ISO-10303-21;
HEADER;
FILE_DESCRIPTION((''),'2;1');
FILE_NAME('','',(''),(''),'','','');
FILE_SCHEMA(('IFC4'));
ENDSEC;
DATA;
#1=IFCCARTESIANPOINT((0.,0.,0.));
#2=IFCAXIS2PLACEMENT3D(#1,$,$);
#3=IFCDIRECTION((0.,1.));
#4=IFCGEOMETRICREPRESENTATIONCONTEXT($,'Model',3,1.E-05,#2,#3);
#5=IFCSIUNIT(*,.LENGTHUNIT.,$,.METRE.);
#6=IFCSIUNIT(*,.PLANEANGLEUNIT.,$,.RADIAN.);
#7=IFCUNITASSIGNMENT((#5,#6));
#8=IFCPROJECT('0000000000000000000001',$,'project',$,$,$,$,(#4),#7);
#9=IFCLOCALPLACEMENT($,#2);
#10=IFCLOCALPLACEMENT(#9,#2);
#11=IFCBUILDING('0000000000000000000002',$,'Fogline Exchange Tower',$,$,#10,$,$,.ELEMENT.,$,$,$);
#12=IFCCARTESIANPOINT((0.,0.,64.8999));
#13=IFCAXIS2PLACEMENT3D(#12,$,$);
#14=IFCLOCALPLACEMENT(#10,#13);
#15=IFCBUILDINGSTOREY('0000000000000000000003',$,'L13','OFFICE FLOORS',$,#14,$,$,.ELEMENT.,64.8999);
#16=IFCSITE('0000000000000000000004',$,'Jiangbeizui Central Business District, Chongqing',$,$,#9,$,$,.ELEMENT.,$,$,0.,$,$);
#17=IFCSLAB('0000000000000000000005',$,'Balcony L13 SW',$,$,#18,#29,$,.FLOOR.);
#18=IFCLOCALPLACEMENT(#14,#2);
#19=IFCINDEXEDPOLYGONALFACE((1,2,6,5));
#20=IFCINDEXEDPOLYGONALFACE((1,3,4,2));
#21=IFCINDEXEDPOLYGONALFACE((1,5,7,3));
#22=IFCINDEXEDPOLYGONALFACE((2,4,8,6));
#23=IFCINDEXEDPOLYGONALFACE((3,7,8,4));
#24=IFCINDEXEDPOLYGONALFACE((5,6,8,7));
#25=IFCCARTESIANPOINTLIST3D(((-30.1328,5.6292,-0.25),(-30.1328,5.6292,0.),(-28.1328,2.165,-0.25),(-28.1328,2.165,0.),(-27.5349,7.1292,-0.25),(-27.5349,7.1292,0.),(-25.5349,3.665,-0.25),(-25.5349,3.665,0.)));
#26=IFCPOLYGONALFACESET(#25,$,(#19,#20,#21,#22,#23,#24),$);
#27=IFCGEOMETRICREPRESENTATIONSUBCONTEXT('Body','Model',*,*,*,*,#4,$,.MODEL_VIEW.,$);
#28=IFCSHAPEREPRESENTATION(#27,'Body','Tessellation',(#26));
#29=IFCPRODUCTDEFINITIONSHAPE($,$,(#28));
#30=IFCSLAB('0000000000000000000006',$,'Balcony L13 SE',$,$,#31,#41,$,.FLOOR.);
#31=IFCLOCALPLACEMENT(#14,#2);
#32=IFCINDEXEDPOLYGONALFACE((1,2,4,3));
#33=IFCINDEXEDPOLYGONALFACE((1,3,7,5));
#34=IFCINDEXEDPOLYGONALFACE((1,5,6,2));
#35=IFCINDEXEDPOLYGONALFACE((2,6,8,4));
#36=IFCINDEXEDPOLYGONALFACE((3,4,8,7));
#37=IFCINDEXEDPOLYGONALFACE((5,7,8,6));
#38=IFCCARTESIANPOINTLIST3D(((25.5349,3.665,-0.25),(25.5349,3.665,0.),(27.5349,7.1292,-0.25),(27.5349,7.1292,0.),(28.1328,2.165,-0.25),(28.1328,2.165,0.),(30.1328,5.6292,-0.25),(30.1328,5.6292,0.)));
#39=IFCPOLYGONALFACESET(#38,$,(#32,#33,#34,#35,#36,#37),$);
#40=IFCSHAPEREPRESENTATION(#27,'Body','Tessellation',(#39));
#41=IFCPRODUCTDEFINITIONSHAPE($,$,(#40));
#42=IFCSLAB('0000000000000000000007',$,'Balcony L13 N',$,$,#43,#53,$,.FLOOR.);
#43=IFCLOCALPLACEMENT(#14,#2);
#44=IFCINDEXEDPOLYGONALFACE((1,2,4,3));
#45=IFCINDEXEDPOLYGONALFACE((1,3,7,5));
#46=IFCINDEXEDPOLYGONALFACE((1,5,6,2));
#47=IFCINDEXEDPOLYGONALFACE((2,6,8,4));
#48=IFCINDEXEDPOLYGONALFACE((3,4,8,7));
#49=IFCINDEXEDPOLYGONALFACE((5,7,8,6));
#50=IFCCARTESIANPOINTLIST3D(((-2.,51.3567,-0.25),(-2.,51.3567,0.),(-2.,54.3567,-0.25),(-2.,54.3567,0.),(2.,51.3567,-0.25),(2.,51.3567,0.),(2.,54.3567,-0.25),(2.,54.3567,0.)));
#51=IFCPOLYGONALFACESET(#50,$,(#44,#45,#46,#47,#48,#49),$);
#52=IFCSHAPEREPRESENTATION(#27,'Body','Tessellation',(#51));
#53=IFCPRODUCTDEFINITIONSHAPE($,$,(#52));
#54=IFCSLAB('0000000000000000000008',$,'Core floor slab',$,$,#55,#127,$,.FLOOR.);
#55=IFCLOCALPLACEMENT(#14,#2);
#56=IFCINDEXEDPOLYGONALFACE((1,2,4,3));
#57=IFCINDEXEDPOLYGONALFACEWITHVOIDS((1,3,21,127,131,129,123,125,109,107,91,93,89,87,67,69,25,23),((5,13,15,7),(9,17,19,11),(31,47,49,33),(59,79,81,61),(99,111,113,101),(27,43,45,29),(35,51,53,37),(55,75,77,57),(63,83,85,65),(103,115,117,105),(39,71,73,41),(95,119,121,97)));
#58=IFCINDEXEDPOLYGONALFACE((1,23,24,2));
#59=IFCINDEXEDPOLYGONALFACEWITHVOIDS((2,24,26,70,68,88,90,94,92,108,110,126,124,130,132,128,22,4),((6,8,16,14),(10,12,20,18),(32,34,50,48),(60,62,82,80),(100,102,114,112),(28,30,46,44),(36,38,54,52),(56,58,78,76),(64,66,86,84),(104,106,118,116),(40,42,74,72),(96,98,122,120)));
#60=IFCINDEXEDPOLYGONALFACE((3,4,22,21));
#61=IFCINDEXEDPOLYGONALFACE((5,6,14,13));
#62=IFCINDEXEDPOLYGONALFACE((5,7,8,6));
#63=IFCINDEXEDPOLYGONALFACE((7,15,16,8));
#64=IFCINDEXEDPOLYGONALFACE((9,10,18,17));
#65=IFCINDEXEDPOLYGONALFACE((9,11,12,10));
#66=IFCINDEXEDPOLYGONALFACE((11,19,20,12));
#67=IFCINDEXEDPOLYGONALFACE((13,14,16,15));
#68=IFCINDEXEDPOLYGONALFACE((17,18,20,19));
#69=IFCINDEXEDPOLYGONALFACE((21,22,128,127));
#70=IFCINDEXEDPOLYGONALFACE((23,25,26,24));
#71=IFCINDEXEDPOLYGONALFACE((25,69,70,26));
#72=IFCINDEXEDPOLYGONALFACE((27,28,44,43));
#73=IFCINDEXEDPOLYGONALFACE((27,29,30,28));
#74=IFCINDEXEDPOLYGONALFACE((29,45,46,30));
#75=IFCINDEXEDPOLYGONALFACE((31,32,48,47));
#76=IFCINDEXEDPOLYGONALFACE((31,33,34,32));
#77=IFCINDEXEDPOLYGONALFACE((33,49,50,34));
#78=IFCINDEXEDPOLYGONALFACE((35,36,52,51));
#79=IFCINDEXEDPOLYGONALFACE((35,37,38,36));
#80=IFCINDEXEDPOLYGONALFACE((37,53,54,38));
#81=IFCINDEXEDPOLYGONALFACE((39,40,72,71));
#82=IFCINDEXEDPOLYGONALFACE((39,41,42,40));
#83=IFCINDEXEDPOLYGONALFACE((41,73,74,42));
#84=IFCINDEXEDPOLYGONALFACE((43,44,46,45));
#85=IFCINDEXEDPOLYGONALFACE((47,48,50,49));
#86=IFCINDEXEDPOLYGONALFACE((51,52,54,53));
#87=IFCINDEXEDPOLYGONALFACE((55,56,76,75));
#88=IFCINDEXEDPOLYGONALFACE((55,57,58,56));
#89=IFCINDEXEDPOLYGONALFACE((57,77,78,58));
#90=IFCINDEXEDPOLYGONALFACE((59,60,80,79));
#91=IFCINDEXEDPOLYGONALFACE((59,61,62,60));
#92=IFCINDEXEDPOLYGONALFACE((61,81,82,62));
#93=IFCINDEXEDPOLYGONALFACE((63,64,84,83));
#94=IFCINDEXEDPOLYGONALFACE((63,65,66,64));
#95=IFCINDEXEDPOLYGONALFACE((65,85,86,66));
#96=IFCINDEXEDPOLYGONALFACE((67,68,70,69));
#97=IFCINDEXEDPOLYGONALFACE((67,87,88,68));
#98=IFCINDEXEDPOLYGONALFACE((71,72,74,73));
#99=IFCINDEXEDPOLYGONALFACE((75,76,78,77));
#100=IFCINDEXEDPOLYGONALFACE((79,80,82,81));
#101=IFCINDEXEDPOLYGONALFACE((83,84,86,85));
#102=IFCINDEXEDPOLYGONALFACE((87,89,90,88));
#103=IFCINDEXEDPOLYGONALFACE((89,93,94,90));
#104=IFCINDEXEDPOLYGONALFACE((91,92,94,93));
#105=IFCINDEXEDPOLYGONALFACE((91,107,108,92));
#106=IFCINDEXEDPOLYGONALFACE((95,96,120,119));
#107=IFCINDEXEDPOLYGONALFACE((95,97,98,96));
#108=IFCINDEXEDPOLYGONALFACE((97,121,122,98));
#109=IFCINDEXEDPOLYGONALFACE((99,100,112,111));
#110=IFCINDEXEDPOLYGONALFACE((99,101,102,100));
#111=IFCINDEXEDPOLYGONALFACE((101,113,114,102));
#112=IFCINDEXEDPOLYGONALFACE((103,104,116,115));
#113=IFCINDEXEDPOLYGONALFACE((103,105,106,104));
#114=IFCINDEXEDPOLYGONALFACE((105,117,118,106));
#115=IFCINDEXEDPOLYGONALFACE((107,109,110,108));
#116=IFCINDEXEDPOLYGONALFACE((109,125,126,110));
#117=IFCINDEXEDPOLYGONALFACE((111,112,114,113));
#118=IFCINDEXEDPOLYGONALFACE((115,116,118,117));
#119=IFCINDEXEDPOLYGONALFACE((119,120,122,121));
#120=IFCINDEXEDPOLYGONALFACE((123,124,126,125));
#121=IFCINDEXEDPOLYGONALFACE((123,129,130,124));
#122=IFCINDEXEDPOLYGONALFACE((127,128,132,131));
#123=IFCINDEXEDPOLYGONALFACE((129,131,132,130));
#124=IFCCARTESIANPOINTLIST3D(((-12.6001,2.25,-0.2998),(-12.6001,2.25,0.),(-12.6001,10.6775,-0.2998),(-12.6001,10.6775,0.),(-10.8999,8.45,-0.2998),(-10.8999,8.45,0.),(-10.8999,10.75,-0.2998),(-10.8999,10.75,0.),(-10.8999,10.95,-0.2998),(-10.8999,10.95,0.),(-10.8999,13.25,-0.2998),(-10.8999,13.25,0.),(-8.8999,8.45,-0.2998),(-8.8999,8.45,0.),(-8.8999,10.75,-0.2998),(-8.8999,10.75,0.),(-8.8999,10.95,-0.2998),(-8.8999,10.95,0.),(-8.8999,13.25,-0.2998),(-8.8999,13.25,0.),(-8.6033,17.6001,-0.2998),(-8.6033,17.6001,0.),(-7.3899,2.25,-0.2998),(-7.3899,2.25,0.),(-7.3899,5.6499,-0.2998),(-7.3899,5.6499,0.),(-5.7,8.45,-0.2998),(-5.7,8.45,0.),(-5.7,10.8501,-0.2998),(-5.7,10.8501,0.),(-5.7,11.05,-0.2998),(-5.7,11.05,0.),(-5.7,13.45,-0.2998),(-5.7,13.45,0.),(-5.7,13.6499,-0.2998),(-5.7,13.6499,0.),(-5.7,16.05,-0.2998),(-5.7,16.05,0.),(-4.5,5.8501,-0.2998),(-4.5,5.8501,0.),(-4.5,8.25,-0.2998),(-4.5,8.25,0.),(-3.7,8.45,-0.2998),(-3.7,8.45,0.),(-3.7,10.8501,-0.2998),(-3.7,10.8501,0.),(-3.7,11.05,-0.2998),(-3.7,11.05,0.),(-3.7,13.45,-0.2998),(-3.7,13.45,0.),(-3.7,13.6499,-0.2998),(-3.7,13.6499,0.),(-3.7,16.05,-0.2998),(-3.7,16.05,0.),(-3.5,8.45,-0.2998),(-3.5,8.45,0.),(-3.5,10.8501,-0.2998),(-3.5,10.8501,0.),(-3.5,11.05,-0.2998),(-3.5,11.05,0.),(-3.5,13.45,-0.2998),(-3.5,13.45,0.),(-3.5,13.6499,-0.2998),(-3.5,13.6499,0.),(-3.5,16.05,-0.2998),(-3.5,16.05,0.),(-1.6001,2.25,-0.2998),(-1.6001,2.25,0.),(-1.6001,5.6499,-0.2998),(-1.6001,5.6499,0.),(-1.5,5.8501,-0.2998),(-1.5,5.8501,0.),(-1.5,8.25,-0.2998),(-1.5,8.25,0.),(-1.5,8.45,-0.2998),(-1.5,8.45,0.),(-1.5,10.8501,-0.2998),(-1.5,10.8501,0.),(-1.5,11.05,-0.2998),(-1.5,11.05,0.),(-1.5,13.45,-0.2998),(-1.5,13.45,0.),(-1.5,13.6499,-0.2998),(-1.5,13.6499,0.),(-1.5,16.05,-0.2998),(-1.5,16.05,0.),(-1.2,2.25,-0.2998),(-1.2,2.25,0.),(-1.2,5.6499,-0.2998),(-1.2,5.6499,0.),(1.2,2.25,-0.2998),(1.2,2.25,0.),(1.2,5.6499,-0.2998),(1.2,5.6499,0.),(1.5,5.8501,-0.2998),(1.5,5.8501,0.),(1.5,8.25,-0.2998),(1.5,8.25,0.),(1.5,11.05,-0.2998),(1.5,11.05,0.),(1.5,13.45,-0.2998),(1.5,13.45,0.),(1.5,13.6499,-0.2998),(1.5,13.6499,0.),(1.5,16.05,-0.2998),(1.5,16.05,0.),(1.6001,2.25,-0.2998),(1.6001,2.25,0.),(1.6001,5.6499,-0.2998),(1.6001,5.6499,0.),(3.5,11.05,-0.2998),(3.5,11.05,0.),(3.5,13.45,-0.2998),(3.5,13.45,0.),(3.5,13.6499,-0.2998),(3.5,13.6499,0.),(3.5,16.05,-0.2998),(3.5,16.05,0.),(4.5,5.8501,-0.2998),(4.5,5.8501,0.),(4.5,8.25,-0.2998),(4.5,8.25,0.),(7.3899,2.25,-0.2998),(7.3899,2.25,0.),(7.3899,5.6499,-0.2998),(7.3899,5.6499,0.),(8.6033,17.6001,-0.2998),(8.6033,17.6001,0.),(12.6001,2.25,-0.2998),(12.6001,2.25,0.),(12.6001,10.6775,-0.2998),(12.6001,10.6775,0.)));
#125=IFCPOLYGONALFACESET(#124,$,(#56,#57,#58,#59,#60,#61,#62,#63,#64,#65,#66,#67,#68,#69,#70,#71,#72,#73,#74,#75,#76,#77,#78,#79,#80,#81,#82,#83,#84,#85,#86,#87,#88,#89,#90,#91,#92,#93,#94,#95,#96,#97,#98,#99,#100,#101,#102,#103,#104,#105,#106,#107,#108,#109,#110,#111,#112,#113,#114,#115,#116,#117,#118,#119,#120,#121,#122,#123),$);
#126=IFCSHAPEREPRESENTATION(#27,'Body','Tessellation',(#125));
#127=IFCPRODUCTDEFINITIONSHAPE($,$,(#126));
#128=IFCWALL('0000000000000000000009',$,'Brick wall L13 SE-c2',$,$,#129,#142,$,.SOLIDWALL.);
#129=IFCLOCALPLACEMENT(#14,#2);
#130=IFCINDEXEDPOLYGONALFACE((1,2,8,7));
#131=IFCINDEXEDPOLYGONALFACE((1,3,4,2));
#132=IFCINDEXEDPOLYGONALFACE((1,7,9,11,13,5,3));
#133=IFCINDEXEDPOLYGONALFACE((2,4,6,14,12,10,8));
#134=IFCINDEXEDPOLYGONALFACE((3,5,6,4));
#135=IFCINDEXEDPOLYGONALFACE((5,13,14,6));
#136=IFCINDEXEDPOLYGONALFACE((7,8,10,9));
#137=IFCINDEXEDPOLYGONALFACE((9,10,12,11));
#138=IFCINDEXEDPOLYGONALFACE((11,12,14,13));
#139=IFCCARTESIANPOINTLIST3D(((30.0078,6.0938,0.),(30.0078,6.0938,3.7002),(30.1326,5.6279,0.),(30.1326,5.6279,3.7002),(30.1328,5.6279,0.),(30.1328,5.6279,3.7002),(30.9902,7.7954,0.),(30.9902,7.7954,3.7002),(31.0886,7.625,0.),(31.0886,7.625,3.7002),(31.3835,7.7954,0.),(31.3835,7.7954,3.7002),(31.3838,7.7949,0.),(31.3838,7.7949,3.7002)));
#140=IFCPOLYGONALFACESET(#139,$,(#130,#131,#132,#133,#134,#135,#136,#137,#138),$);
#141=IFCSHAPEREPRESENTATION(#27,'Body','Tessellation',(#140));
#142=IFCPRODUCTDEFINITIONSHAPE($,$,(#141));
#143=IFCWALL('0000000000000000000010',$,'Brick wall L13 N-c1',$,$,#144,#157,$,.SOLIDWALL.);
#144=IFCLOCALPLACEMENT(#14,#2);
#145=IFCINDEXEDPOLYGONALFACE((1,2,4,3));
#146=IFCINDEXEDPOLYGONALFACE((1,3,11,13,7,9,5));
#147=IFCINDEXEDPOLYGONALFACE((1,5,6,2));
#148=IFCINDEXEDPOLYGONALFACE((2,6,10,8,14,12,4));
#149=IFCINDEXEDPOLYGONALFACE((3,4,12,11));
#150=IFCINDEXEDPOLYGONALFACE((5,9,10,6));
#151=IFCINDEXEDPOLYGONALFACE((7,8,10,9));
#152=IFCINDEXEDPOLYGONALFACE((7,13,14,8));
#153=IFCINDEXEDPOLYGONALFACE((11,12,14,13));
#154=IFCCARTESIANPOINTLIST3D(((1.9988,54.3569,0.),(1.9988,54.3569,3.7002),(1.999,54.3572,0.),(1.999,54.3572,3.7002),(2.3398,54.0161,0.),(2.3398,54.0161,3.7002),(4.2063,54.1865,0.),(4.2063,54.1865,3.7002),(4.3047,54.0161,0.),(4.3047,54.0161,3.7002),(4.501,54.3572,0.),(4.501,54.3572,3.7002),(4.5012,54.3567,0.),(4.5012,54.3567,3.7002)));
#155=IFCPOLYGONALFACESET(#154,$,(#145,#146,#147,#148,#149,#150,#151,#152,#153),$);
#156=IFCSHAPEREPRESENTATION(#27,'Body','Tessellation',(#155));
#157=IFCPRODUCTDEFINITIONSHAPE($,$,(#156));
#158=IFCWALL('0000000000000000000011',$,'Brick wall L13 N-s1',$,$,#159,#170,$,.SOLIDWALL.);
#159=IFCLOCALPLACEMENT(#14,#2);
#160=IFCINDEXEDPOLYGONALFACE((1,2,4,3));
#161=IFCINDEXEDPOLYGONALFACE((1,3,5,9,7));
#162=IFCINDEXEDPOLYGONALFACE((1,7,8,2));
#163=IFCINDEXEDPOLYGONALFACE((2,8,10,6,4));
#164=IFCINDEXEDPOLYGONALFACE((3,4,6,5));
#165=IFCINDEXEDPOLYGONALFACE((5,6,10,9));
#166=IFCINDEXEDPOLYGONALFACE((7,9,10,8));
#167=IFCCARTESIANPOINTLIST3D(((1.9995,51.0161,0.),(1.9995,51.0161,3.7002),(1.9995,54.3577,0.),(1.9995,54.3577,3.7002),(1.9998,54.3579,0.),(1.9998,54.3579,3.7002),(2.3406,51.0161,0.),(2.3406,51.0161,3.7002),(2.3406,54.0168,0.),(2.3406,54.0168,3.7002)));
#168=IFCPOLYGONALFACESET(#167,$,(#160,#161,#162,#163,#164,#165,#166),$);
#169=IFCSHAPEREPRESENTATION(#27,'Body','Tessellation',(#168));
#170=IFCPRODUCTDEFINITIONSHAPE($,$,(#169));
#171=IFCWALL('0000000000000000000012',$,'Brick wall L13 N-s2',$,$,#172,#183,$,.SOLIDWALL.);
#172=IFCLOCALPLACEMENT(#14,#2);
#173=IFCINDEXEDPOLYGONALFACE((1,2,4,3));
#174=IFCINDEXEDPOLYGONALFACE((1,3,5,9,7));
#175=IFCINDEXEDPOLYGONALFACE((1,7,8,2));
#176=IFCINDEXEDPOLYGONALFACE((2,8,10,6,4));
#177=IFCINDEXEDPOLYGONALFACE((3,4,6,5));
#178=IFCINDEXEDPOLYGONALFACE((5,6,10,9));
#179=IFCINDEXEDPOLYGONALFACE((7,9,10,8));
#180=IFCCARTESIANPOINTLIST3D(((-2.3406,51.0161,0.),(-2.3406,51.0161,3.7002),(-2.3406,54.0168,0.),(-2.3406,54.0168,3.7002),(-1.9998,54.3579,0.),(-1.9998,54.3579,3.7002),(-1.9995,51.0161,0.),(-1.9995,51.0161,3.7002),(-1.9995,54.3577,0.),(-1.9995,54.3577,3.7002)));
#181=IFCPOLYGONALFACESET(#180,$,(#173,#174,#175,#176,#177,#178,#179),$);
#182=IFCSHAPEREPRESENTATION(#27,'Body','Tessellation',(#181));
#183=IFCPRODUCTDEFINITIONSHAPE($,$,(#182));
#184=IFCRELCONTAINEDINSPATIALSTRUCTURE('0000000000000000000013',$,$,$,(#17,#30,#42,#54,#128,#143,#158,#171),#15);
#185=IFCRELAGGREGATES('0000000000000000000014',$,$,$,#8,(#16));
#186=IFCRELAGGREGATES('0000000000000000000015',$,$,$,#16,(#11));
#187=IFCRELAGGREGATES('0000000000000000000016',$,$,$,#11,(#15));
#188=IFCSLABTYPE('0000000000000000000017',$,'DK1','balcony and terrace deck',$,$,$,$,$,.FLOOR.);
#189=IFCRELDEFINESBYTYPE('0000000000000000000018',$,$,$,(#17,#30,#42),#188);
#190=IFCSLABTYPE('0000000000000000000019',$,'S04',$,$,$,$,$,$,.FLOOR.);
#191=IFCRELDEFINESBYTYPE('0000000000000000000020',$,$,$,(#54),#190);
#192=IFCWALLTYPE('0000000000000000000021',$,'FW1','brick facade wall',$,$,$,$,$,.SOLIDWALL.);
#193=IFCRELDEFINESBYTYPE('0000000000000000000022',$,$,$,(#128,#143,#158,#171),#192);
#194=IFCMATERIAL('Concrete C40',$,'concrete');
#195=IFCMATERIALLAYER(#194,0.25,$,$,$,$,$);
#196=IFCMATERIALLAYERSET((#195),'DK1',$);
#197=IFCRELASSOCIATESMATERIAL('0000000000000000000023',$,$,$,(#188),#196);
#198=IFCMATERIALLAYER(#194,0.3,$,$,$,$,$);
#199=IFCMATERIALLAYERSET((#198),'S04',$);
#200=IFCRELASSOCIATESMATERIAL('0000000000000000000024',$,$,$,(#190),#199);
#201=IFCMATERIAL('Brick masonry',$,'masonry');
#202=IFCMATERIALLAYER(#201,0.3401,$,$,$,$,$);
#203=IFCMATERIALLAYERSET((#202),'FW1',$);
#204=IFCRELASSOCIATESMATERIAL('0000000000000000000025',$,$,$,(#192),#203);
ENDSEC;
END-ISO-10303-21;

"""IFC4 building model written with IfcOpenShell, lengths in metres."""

from ifc_helpers import new_model, si_unit, direction, frame, origin, place, context, subcontext, project, spatial, polyline, outline, extrude, material, layer, layer_set, type_object, element, save


model = new_model("IFC4")

# Units and contexts
model_context = context("Model", 3, precision=1e-05, world=origin(), true_north=direction((0.0, 1.0)))
body_context = subcontext(model_context, "Body", "Model", "MODEL_VIEW")
ifc_project = project(units=[si_unit("LENGTHUNIT", "METRE"), si_unit("PLANEANGLEUNIT", "RADIAN")], contexts=[model_context])

# Site, building, storey
site_placement = place(None, origin())
site = spatial("IfcSite", under=ifc_project, at=site_placement, Name="Jiangbeizui Central Business District, Chongqing", CompositionType="ELEMENT", RefElevation=0.0)
building_placement = place(site_placement, origin())
building = spatial("IfcBuilding", under=site, at=building_placement, Name="Fogline Exchange Tower", CompositionType="ELEMENT")
storey_placement = place(building_placement, frame((0.0, 0.0, 64.8999)))
storey = spatial("IfcBuildingStorey", under=building, at=storey_placement, Name="L13", Description="OFFICE FLOORS", CompositionType="ELEMENT", Elevation=64.8999)

# Slabs
ifc_material_1 = material(Name="Concrete C40", Category="concrete")
ifc_layer_1 = layer(ifc_material_1, 0.25)
ifc_layer_set_1 = layer_set([ifc_layer_1], Name="DK1")
slab_type_1 = type_object("IfcSlabType", Name="DK1", Description="balcony and terrace deck", PredefinedType="FLOOR", material=ifc_layer_set_1)
slab_1_placement = place(storey_placement, frame((0.0, 0.0, -0.25)))
element("IfcSlab", 1, at=slab_1_placement, inside=storey, type_object=slab_type_1, Name="Balcony L13 SW", PredefinedType="FLOOR", context=body_context, shape_type="SweptSolid", body=[
    extrude(outline(polyline([(-30.1328, 5.6292), (-28.1328, 2.165), (-25.5349, 3.665), (-27.5349, 7.1292), (-30.1328, 5.6292)])), origin(), (0.0, 0.0, 1.0), 0.25),
])
slab_2_placement = place(storey_placement, frame((0.0, 0.0, -0.25)))
element("IfcSlab", 2, at=slab_2_placement, inside=storey, type_object=slab_type_1, Name="Balcony L13 SE", PredefinedType="FLOOR", context=body_context, shape_type="SweptSolid", body=[
    extrude(outline(polyline([(28.1328, 2.165), (30.1328, 5.6292), (27.5349, 7.1292), (25.5349, 3.665), (28.1328, 2.165)])), origin(), (0.0, 0.0, 1.0), 0.25),
])
slab_3_placement = place(storey_placement, frame((0.0, 0.0, -0.25)))
element("IfcSlab", 3, at=slab_3_placement, inside=storey, type_object=slab_type_1, Name="Balcony L13 N", PredefinedType="FLOOR", context=body_context, shape_type="SweptSolid", body=[
    extrude(outline(polyline([(2.0, 54.3567), (-2.0, 54.3567), (-2.0, 51.3567), (2.0, 51.3567), (2.0, 54.3567)])), origin(), (0.0, 0.0, 1.0), 0.25),
])
ifc_layer_2 = layer(ifc_material_1, 0.3)
ifc_layer_set_2 = layer_set([ifc_layer_2], Name="S04")
slab_type_2 = type_object("IfcSlabType", Name="S04", PredefinedType="FLOOR", material=ifc_layer_set_2)
slab_4_placement = place(storey_placement, frame((0.0, 0.0, -0.2998)))
element("IfcSlab", 4, at=slab_4_placement, inside=storey, type_object=slab_type_2, Name="Core floor slab", PredefinedType="FLOOR", context=body_context, shape_type="SweptSolid", body=[
    extrude(outline(polyline([(-12.6001, 2.25), (-12.6001, 10.6775), (-8.6033, 17.6001), (8.6033, 17.6001), (12.6001, 10.6775), (12.6001, 2.25), (7.3899, 2.25), (7.3899, 5.6499), (1.6001, 5.6499), (1.6001, 2.25), (1.2, 2.25), (1.2, 5.6499), (-1.2, 5.6499), (-1.2, 2.25), (-1.6001, 2.25), (-1.6001, 5.6499), (-7.3899, 5.6499), (-7.3899, 2.25), (-12.6001, 2.25)]), holes=[polyline([(-1.5, 8.25), (-4.5, 8.25), (-4.5, 5.8501), (-1.5, 5.8501), (-1.5, 8.25)]), polyline([(-8.8999, 10.75), (-10.8999, 10.75), (-10.8999, 8.45), (-8.8999, 8.45), (-8.8999, 10.75)]), polyline([(-3.7, 10.8501), (-5.7, 10.8501), (-5.7, 8.45), (-3.7, 8.45), (-3.7, 10.8501)]), polyline([(-1.5, 10.8501), (-3.5, 10.8501), (-3.5, 8.45), (-1.5, 8.45), (-1.5, 10.8501)]), polyline([(-8.8999, 13.25), (-10.8999, 13.25), (-10.8999, 10.95), (-8.8999, 10.95), (-8.8999, 13.25)]), polyline([(-3.7, 13.45), (-5.7, 13.45), (-5.7, 11.05), (-3.7, 11.05), (-3.7, 13.45)]), polyline([(-3.7, 16.05), (-5.7, 16.05), (-5.7, 13.6499), (-3.7, 13.6499), (-3.7, 16.05)]), polyline([(4.5, 8.25), (1.5, 8.25), (1.5, 5.8501), (4.5, 5.8501), (4.5, 8.25)]), polyline([(-1.5, 13.45), (-3.5, 13.45), (-3.5, 11.05), (-1.5, 11.05), (-1.5, 13.45)]), polyline([(3.5, 13.45), (1.5, 13.45), (1.5, 11.05), (3.5, 11.05), (3.5, 13.45)]), polyline([(-1.5, 16.05), (-3.5, 16.05), (-3.5, 13.6499), (-1.5, 13.6499), (-1.5, 16.05)]), polyline([(3.5, 16.05), (1.5, 16.05), (1.5, 13.6499), (3.5, 13.6499), (3.5, 16.05)])]), origin(), (0.0, 0.0, 1.0), 0.2998),
])

# Walls
ifc_material_2 = material(Name="Brick masonry", Category="masonry")
ifc_layer_3 = layer(ifc_material_2, 0.3401)
ifc_layer_set_3 = layer_set([ifc_layer_3], Name="FW1")
wall_type_1 = type_object("IfcWallType", Name="FW1", Description="brick facade wall", PredefinedType="SOLIDWALL", material=ifc_layer_set_3)
wall_1_placement = place(storey_placement, origin())
element("IfcWall", 5, at=wall_1_placement, inside=storey, type_object=wall_type_1, Name="Brick wall L13 SE-c2", PredefinedType="SOLIDWALL", context=body_context, shape_type="SweptSolid", body=[
    extrude(outline(polyline([(30.9902, 7.7954), (31.0886, 7.625), (31.3835, 7.7954), (31.3838, 7.7949), (30.1328, 5.6279), (30.1326, 5.6279), (30.0078, 6.0938), (30.9902, 7.7954)])), origin(), (0.0, 0.0, 1.0), 3.7002),
])
wall_2_placement = place(storey_placement, origin())
element("IfcWall", 6, at=wall_2_placement, inside=storey, type_object=wall_type_1, Name="Brick wall L13 N-c1", PredefinedType="SOLIDWALL", context=body_context, shape_type="SweptSolid", body=[
    extrude(outline(polyline([(1.999, 54.3572), (4.501, 54.3572), (4.5012, 54.3567), (4.2063, 54.1865), (4.3047, 54.0161), (2.3398, 54.0161), (1.9988, 54.3569), (1.999, 54.3572)])), origin(), (0.0, 0.0, 1.0), 3.7002),
])
wall_3_placement = place(storey_placement, origin())
element("IfcWall", 7, at=wall_3_placement, inside=storey, type_object=wall_type_1, Name="Brick wall L13 N-s1", PredefinedType="SOLIDWALL", context=body_context, shape_type="SweptSolid", body=[
    extrude(outline(polyline([(2.3406, 51.0161), (1.9995, 51.0161), (1.9995, 54.3577), (1.9998, 54.3579), (2.3406, 54.0168), (2.3406, 51.0161)])), origin(), (0.0, 0.0, 1.0), 3.7002),
])
wall_4_placement = place(storey_placement, origin())
element("IfcWall", 8, at=wall_4_placement, inside=storey, type_object=wall_type_1, Name="Brick wall L13 N-s2", PredefinedType="SOLIDWALL", context=body_context, shape_type="SweptSolid", body=[
    extrude(outline(polyline([(-1.9995, 54.3577), (-1.9995, 51.0161), (-2.3406, 51.0161), (-2.3406, 54.0168), (-1.9998, 54.3579), (-1.9995, 54.3577)])), origin(), (0.0, 0.0, 1.0), 3.7002),
])

save(model, "model.ifc")
